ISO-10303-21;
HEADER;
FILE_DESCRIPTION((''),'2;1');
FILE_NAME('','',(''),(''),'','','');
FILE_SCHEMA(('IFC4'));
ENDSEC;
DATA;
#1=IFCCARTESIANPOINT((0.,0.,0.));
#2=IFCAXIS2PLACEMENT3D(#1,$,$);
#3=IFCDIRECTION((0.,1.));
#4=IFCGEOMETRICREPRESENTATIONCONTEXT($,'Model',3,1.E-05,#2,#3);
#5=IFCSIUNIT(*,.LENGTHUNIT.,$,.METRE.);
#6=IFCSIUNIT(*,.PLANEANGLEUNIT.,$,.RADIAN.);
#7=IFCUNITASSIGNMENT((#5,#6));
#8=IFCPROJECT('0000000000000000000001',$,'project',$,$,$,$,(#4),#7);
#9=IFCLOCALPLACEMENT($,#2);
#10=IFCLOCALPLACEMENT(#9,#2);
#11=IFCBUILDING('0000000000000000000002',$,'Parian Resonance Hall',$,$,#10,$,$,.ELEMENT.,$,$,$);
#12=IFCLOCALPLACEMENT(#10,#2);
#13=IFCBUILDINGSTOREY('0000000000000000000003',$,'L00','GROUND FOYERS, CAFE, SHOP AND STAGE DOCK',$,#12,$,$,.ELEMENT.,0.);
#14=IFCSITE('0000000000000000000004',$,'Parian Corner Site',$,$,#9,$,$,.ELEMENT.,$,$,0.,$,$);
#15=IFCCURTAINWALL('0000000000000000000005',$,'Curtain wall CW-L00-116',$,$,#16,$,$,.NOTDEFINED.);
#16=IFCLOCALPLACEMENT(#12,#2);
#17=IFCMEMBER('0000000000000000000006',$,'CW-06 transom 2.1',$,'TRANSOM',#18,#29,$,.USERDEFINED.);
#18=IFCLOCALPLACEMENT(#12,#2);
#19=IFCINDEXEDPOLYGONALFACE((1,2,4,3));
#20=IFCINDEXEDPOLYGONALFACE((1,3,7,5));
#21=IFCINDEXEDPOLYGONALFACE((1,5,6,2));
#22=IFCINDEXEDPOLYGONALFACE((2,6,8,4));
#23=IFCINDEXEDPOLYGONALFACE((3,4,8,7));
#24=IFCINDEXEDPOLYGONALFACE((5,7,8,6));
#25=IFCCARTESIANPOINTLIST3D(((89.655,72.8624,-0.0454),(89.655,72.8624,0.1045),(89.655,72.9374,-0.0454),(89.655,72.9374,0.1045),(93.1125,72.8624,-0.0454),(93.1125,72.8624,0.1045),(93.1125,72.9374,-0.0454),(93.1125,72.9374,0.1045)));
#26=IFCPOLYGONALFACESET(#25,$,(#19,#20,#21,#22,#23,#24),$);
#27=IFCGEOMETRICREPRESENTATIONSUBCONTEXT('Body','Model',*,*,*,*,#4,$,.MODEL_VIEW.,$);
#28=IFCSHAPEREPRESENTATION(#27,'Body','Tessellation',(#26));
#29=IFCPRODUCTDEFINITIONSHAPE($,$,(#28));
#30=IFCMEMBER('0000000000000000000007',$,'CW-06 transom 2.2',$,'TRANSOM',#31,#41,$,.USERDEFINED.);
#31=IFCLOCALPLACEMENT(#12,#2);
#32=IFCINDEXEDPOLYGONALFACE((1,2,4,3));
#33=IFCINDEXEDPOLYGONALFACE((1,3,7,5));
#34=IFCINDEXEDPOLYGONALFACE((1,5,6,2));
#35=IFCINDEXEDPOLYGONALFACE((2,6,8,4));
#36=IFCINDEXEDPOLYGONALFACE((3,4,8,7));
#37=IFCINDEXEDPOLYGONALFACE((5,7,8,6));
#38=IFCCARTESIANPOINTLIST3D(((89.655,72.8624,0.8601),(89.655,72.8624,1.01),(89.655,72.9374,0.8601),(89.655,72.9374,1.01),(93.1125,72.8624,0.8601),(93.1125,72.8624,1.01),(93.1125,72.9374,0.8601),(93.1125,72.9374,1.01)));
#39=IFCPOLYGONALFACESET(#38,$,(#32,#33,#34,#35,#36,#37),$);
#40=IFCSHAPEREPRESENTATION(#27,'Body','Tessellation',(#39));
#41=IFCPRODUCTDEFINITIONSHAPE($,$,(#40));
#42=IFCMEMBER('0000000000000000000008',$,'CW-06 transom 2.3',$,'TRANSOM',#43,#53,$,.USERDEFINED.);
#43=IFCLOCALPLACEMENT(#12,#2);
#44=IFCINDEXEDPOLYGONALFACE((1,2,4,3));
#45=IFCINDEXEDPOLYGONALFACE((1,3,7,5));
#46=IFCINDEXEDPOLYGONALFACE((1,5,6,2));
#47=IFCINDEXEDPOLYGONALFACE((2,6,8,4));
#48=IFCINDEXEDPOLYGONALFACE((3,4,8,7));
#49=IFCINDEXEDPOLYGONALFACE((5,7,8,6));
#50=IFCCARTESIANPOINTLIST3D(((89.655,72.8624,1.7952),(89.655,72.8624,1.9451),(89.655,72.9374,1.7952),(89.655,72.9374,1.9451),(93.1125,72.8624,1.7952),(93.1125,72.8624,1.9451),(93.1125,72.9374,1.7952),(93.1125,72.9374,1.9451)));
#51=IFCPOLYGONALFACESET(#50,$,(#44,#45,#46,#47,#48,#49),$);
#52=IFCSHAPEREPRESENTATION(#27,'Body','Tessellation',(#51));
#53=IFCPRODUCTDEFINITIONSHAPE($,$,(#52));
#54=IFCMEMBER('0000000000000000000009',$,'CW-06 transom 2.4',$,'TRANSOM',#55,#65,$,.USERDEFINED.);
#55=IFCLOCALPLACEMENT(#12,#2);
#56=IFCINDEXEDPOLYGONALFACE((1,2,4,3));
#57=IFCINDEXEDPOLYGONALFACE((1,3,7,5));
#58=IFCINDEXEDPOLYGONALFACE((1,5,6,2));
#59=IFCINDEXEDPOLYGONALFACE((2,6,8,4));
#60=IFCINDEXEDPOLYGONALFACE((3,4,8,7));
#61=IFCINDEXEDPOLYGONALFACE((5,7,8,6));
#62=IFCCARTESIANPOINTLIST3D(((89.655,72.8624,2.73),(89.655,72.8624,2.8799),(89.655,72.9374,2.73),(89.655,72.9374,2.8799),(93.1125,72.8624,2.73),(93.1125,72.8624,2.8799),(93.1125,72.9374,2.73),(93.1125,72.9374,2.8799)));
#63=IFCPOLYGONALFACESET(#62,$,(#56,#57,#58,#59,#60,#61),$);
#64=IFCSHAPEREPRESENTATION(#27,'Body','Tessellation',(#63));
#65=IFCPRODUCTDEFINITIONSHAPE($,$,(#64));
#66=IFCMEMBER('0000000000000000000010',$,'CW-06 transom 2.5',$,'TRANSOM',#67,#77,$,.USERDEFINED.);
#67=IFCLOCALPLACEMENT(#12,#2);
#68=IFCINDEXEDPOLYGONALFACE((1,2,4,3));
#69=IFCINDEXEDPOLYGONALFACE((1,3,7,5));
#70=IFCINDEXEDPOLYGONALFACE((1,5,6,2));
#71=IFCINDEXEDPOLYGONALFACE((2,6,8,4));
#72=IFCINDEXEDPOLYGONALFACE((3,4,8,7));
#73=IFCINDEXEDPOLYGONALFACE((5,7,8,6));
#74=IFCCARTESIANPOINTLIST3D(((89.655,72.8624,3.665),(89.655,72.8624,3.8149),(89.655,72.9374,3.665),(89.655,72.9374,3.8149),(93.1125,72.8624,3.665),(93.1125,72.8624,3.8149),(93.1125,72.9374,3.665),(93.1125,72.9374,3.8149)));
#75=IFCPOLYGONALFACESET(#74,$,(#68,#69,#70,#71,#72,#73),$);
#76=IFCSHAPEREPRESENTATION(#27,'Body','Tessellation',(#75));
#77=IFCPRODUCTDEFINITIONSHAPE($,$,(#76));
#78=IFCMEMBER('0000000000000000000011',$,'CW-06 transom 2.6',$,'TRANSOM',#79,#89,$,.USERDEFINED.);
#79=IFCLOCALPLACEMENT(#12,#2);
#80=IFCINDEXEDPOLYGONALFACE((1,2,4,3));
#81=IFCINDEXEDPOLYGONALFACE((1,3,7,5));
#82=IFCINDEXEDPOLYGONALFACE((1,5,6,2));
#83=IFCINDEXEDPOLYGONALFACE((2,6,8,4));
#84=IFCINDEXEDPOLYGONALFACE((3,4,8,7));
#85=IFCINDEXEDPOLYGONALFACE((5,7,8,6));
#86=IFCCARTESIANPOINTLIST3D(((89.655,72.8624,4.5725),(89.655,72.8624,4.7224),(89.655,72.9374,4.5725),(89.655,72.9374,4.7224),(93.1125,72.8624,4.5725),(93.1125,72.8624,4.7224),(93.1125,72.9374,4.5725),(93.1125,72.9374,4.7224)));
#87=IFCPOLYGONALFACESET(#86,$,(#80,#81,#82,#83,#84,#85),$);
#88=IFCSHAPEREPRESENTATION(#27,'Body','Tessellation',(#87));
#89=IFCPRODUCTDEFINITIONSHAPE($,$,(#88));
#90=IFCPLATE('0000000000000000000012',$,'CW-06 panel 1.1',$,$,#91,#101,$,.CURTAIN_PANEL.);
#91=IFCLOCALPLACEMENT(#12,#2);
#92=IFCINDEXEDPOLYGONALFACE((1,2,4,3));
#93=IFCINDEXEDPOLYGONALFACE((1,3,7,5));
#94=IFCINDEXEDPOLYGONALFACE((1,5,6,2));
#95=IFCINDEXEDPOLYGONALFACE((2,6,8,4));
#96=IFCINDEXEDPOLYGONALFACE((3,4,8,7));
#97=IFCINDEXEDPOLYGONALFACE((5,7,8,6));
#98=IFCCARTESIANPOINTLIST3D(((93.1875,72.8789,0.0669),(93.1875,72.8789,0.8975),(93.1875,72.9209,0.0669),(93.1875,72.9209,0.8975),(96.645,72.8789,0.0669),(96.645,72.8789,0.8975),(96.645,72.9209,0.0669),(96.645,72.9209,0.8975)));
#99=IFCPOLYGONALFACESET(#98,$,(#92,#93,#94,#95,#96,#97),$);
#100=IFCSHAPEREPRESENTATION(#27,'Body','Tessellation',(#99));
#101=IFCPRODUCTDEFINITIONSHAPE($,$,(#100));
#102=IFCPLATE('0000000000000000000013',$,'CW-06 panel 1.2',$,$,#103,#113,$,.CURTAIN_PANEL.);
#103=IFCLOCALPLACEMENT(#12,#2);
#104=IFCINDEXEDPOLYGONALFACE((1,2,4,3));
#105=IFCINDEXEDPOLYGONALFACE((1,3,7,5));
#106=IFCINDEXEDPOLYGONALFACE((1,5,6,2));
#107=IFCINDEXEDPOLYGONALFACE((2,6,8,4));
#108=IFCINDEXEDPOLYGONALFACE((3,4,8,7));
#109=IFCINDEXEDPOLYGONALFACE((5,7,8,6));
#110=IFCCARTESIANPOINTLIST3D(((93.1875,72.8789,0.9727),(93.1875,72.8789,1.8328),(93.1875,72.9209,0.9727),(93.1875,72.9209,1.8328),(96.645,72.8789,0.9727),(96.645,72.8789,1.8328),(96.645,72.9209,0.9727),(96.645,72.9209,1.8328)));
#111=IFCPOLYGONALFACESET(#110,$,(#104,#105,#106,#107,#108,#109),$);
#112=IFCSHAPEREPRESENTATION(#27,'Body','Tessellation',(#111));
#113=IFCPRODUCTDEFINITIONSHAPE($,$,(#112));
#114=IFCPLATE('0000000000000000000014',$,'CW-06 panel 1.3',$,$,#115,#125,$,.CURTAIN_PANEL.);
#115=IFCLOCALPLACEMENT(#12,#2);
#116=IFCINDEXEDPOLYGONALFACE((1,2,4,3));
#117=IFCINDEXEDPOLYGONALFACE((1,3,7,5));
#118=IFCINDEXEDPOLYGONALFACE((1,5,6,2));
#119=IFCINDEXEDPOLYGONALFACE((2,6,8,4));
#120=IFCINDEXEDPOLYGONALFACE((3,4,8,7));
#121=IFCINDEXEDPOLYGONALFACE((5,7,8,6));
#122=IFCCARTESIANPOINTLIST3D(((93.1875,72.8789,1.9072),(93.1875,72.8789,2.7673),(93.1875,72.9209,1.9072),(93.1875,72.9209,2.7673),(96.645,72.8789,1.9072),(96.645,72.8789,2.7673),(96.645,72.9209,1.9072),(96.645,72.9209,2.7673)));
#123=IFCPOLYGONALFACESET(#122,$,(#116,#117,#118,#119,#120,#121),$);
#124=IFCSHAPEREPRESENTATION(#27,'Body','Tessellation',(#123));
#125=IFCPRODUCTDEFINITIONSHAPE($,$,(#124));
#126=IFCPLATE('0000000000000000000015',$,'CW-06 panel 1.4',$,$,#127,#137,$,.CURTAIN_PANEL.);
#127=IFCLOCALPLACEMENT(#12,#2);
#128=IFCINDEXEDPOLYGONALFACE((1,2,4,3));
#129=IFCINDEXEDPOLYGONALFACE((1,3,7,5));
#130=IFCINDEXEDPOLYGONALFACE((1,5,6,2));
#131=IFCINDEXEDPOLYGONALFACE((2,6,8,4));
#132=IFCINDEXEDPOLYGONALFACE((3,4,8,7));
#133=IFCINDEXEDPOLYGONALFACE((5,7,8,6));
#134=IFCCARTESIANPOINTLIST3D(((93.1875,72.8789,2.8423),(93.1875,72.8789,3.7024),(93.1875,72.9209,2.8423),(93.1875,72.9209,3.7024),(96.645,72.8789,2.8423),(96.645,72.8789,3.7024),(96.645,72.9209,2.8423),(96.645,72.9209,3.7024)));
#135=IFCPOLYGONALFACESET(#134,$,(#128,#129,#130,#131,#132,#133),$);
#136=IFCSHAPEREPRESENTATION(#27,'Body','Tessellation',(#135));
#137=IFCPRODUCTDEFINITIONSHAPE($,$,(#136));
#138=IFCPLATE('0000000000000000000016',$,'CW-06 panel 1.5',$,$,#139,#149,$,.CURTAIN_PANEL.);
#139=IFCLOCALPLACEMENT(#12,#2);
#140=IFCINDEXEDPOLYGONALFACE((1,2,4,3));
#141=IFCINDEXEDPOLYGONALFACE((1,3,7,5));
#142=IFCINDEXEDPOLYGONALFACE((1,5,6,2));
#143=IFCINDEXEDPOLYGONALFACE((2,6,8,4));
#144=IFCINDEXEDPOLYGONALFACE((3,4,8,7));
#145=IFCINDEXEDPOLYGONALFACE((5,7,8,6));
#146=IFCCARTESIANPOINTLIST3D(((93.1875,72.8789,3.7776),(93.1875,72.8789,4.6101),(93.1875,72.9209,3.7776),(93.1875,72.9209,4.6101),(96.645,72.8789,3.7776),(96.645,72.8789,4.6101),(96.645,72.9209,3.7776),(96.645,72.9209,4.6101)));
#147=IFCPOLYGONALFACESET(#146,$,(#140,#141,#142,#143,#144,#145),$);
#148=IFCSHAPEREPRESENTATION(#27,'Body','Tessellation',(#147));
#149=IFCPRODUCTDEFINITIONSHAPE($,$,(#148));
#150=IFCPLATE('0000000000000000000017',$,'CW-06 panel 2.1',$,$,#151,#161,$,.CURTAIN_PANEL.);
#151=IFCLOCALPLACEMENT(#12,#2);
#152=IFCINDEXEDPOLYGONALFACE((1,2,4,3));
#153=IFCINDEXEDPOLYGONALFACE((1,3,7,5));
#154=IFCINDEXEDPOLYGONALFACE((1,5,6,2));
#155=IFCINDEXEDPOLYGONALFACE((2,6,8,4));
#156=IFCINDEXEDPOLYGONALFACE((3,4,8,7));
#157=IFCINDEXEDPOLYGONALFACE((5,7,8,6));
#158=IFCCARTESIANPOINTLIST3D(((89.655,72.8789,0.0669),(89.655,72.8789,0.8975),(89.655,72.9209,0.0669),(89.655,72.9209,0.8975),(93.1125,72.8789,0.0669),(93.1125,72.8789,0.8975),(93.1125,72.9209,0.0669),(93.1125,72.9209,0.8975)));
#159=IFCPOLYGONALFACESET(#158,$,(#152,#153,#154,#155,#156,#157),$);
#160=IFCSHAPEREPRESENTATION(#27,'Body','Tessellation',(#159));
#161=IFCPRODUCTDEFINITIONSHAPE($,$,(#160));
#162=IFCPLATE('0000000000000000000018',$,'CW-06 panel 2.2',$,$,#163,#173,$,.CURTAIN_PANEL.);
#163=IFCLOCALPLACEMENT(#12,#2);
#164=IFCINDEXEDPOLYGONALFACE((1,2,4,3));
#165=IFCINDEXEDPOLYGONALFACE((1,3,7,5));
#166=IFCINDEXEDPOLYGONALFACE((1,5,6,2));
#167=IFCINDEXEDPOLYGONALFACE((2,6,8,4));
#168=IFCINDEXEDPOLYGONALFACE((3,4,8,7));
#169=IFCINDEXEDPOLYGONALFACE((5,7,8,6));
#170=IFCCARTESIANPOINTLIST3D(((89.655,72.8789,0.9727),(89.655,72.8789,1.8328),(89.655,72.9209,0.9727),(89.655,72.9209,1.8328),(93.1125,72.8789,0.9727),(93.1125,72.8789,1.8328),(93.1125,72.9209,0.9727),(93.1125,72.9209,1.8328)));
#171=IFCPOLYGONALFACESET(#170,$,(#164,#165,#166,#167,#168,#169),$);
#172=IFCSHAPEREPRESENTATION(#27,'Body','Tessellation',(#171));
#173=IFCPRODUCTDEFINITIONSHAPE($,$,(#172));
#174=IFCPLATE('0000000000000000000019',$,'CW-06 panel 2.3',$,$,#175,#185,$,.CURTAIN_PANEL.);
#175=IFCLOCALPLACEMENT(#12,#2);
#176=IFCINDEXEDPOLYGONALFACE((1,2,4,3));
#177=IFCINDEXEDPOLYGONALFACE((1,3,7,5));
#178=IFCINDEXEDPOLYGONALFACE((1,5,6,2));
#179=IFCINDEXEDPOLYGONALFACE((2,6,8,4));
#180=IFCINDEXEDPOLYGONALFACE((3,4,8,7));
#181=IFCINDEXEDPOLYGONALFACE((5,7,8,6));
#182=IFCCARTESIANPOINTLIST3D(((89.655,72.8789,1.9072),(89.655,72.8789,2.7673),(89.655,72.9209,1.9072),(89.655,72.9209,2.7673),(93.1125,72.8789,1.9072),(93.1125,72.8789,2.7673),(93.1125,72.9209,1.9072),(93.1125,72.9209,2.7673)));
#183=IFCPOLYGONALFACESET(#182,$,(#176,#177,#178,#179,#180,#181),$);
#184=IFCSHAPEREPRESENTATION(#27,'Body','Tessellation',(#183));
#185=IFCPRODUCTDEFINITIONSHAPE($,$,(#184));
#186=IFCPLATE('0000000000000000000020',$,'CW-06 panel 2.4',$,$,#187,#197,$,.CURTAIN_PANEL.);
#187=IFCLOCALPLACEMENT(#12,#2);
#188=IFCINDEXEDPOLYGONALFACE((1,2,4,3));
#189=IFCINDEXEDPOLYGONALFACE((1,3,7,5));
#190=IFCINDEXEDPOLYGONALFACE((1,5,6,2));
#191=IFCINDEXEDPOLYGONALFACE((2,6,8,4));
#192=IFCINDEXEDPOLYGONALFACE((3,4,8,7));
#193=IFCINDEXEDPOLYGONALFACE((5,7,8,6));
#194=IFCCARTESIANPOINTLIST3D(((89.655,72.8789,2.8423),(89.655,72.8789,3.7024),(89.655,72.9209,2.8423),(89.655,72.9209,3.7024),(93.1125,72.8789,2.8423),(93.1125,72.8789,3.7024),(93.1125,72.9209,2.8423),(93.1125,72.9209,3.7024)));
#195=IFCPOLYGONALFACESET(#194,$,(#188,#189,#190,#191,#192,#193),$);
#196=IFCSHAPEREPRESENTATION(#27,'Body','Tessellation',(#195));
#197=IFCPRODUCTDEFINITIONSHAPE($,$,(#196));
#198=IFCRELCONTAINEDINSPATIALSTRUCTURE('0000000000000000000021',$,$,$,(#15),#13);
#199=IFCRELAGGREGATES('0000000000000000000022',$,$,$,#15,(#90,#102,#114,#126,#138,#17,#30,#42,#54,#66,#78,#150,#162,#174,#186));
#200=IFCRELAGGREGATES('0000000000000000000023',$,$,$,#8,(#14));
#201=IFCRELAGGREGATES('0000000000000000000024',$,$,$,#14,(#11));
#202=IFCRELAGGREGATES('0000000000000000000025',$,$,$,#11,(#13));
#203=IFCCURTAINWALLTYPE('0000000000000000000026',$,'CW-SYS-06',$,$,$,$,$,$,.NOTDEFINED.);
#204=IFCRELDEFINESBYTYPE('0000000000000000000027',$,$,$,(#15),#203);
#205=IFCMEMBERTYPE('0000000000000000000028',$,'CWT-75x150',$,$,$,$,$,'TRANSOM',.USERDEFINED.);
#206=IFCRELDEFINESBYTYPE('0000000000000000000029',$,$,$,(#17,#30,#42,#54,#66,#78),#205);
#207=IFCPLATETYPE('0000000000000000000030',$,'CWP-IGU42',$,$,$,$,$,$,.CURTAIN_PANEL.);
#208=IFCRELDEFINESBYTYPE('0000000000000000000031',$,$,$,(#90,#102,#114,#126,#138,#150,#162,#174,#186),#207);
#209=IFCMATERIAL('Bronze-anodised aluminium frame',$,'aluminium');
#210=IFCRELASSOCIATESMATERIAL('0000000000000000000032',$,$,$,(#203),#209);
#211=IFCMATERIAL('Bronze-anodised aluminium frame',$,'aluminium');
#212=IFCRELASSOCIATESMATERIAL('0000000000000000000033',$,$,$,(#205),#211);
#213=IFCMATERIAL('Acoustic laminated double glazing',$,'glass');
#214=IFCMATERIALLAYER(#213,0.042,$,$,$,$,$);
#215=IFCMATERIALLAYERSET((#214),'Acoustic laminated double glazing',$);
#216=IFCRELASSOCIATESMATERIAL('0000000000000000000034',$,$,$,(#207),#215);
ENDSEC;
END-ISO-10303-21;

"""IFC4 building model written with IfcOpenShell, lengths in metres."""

from ifc_helpers import new_model, si_unit, direction, frame, origin, origin_2d, place, context, subcontext, project, spatial, rectangle, extrude, material, layer, layer_set, material_profile, profile_set, type_object, element, aggregate, save


model = new_model("IFC4")

# Units and contexts
model_context = context("Model", 3, precision=1e-05, world=origin(), true_north=direction((0.0, 1.0)))
body_context = subcontext(model_context, "Body", "Model", "MODEL_VIEW")
ifc_project = project(units=[si_unit("LENGTHUNIT", "METRE"), si_unit("PLANEANGLEUNIT", "RADIAN")], contexts=[model_context])

# Site, building, storey
site_placement = place(None, origin())
site = spatial("IfcSite", under=ifc_project, at=site_placement, Name="Parian Corner Site", CompositionType="ELEMENT", RefElevation=0.0)
building_placement = place(site_placement, origin())
building = spatial("IfcBuilding", under=site, at=building_placement, Name="Parian Resonance Hall", CompositionType="ELEMENT")
storey_placement = place(building_placement, origin())
storey = spatial("IfcBuildingStorey", under=building, at=storey_placement, Name="L00", Description="GROUND FOYERS, CAFE, SHOP AND STAGE DOCK", CompositionType="ELEMENT", Elevation=0.0)

# Curtain wall
ifc_material_1 = material(Name="Bronze-anodised aluminium frame", Category="aluminium")
curtain_wall_type_1 = type_object("IfcCurtainWallType", Name="CW-SYS-06", PredefinedType="NOTDEFINED", material=ifc_material_1)
curtain_wall_1_placement = place(storey_placement, origin())
curtain_wall_1 = element("IfcCurtainWall", 1, at=curtain_wall_1_placement, inside=storey, type_object=curtain_wall_type_1, Name="Curtain wall CW-L00-116", PredefinedType="NOTDEFINED")

# Members
ifc_material_2 = material(Name="Bronze-anodised aluminium frame", Category="aluminium")
ifc_material_profile_1 = material_profile(ifc_material_2, rectangle(XDim=0.075, YDim=0.1499, at=origin_2d()), Name="CWT-75x150")
ifc_profile_set_1 = profile_set([ifc_material_profile_1], Name="Bronze-anodised aluminium frame")
member_type_1 = type_object("IfcMemberType", Name="CWT-75x150", ElementType="TRANSOM", PredefinedType="USERDEFINED", material=ifc_profile_set_1)
member_1_placement = place(storey_placement, frame((93.1125, 72.8999, 0.0295), z_axis=(-1.0, 0.0, 0.0), x_axis=(0.0, -1.0, 0.0)))
member_1 = element("IfcMember", 2, at=member_1_placement, type_object=member_type_1, Name="CW-06 transom 2.1", ObjectType="TRANSOM", PredefinedType="USERDEFINED", context=body_context, shape_type="SweptSolid", body=[
    extrude(rectangle(XDim=0.075, YDim=0.1499, at=origin_2d()), origin(), (0.0, 0.0, 1.0), 3.4575),
])
member_2_placement = place(storey_placement, frame((93.1125, 72.8999, 0.9351), z_axis=(-1.0, 0.0, 0.0), x_axis=(0.0, -1.0, 0.0)))
member_2 = element("IfcMember", 3, at=member_2_placement, type_object=member_type_1, Name="CW-06 transom 2.2", ObjectType="TRANSOM", PredefinedType="USERDEFINED", context=body_context, shape_type="SweptSolid", body=[
    extrude(rectangle(XDim=0.075, YDim=0.1499, at=origin_2d()), origin(), (0.0, 0.0, 1.0), 3.4575),
])
member_3_placement = place(storey_placement, frame((93.1125, 72.8999, 1.8701), z_axis=(-1.0, 0.0, 0.0), x_axis=(0.0, -1.0, 0.0)))
member_3 = element("IfcMember", 4, at=member_3_placement, type_object=member_type_1, Name="CW-06 transom 2.3", ObjectType="TRANSOM", PredefinedType="USERDEFINED", context=body_context, shape_type="SweptSolid", body=[
    extrude(rectangle(XDim=0.075, YDim=0.1499, at=origin_2d()), origin(), (0.0, 0.0, 1.0), 3.4575),
])
member_4_placement = place(storey_placement, frame((93.1125, 72.8999, 2.8049), z_axis=(-1.0, 0.0, 0.0), x_axis=(0.0, -1.0, 0.0)))
member_4 = element("IfcMember", 5, at=member_4_placement, type_object=member_type_1, Name="CW-06 transom 2.4", ObjectType="TRANSOM", PredefinedType="USERDEFINED", context=body_context, shape_type="SweptSolid", body=[
    extrude(rectangle(XDim=0.075, YDim=0.1499, at=origin_2d()), origin(), (0.0, 0.0, 1.0), 3.4575),
])
member_5_placement = place(storey_placement, frame((93.1125, 72.8999, 3.74), z_axis=(-1.0, 0.0, 0.0), x_axis=(0.0, -1.0, 0.0)))
member_5 = element("IfcMember", 6, at=member_5_placement, type_object=member_type_1, Name="CW-06 transom 2.5", ObjectType="TRANSOM", PredefinedType="USERDEFINED", context=body_context, shape_type="SweptSolid", body=[
    extrude(rectangle(XDim=0.075, YDim=0.1499, at=origin_2d()), origin(), (0.0, 0.0, 1.0), 3.4575),
])
member_6_placement = place(storey_placement, frame((93.1125, 72.8999, 4.6475), z_axis=(-1.0, 0.0, 0.0), x_axis=(0.0, -1.0, 0.0)))
member_6 = element("IfcMember", 7, at=member_6_placement, type_object=member_type_1, Name="CW-06 transom 2.6", ObjectType="TRANSOM", PredefinedType="USERDEFINED", context=body_context, shape_type="SweptSolid", body=[
    extrude(rectangle(XDim=0.075, YDim=0.1499, at=origin_2d()), origin(), (0.0, 0.0, 1.0), 3.4575),
])

# Plates
ifc_material_3 = material(Name="Acoustic laminated double glazing", Category="glass")
ifc_layer_1 = layer(ifc_material_3, 0.042)
ifc_layer_set_1 = layer_set([ifc_layer_1], Name="Acoustic laminated double glazing")
plate_type = type_object("IfcPlateType", Name="CWP-IGU42", PredefinedType="CURTAIN_PANEL", material=ifc_layer_set_1)
plate_1_placement = place(storey_placement, frame((94.9163, 72.8999, 0.0669), z_axis=(0.0, 0.0, 1.0), x_axis=(-1.0, 0.0, 0.0)))
plate_1 = element("IfcPlate", 8, at=plate_1_placement, type_object=plate_type, Name="CW-06 panel 1.1", PredefinedType="CURTAIN_PANEL", context=body_context, shape_type="SweptSolid", body=[
    extrude(rectangle(XDim=3.4575, YDim=0.042, at=origin_2d()), origin(), (0.0, 0.0, 1.0), 0.8306),
])
plate_2_placement = place(storey_placement, frame((94.9163, 72.8999, 0.9727), z_axis=(0.0, 0.0, 1.0), x_axis=(-1.0, 0.0, 0.0)))
plate_2 = element("IfcPlate", 9, at=plate_2_placement, type_object=plate_type, Name="CW-06 panel 1.2", PredefinedType="CURTAIN_PANEL", context=body_context, shape_type="SweptSolid", body=[
    extrude(rectangle(XDim=3.4575, YDim=0.042, at=origin_2d()), origin(), (0.0, 0.0, 1.0), 0.8601),
])
plate_3_placement = place(storey_placement, frame((94.9163, 72.8999, 1.9072), z_axis=(0.0, 0.0, 1.0), x_axis=(-1.0, 0.0, 0.0)))
plate_3 = element("IfcPlate", 10, at=plate_3_placement, type_object=plate_type, Name="CW-06 panel 1.3", PredefinedType="CURTAIN_PANEL", context=body_context, shape_type="SweptSolid", body=[
    extrude(rectangle(XDim=3.4575, YDim=0.042, at=origin_2d()), origin(), (0.0, 0.0, 1.0), 0.8601),
])
plate_4_placement = place(storey_placement, frame((94.9163, 72.8999, 2.8423), z_axis=(0.0, 0.0, 1.0), x_axis=(-1.0, 0.0, 0.0)))
plate_4 = element("IfcPlate", 11, at=plate_4_placement, type_object=plate_type, Name="CW-06 panel 1.4", PredefinedType="CURTAIN_PANEL", context=body_context, shape_type="SweptSolid", body=[
    extrude(rectangle(XDim=3.4575, YDim=0.042, at=origin_2d()), origin(), (0.0, 0.0, 1.0), 0.8601),
])
plate_5_placement = place(storey_placement, frame((94.9163, 72.8999, 3.7776), z_axis=(0.0, 0.0, 1.0), x_axis=(-1.0, 0.0, 0.0)))
plate_5 = element("IfcPlate", 12, at=plate_5_placement, type_object=plate_type, Name="CW-06 panel 1.5", PredefinedType="CURTAIN_PANEL", context=body_context, shape_type="SweptSolid", body=[
    extrude(rectangle(XDim=3.4575, YDim=0.042, at=origin_2d()), origin(), (0.0, 0.0, 1.0), 0.8325),
])
plate_6_placement = place(storey_placement, frame((91.3838, 72.8999, 0.0669), z_axis=(0.0, 0.0, 1.0), x_axis=(-1.0, 0.0, 0.0)))
plate_6 = element("IfcPlate", 13, at=plate_6_placement, type_object=plate_type, Name="CW-06 panel 2.1", PredefinedType="CURTAIN_PANEL", context=body_context, shape_type="SweptSolid", body=[
    extrude(rectangle(XDim=3.4575, YDim=0.042, at=origin_2d()), origin(), (0.0, 0.0, 1.0), 0.8306),
])
plate_7_placement = place(storey_placement, frame((91.3838, 72.8999, 0.9727), z_axis=(0.0, 0.0, 1.0), x_axis=(-1.0, 0.0, 0.0)))
plate_7 = element("IfcPlate", 14, at=plate_7_placement, type_object=plate_type, Name="CW-06 panel 2.2", PredefinedType="CURTAIN_PANEL", context=body_context, shape_type="SweptSolid", body=[
    extrude(rectangle(XDim=3.4575, YDim=0.042, at=origin_2d()), origin(), (0.0, 0.0, 1.0), 0.8601),
])
plate_8_placement = place(storey_placement, frame((91.3838, 72.8999, 1.9072), z_axis=(0.0, 0.0, 1.0), x_axis=(-1.0, 0.0, 0.0)))
plate_8 = element("IfcPlate", 15, at=plate_8_placement, type_object=plate_type, Name="CW-06 panel 2.3", PredefinedType="CURTAIN_PANEL", context=body_context, shape_type="SweptSolid", body=[
    extrude(rectangle(XDim=3.4575, YDim=0.042, at=origin_2d()), origin(), (0.0, 0.0, 1.0), 0.8601),
])
plate_9_placement = place(storey_placement, frame((91.3838, 72.8999, 2.8423), z_axis=(0.0, 0.0, 1.0), x_axis=(-1.0, 0.0, 0.0)))
plate_9 = element("IfcPlate", 16, at=plate_9_placement, type_object=plate_type, Name="CW-06 panel 2.4", PredefinedType="CURTAIN_PANEL", context=body_context, shape_type="SweptSolid", body=[
    extrude(rectangle(XDim=3.4575, YDim=0.042, at=origin_2d()), origin(), (0.0, 0.0, 1.0), 0.8601),
])
aggregate(curtain_wall_1, [plate_1, plate_2, plate_3, plate_4, plate_5, member_1, member_2, member_3, member_4, member_5, member_6, plate_6, plate_7, plate_8, plate_9])

save(model, "model.ifc")
